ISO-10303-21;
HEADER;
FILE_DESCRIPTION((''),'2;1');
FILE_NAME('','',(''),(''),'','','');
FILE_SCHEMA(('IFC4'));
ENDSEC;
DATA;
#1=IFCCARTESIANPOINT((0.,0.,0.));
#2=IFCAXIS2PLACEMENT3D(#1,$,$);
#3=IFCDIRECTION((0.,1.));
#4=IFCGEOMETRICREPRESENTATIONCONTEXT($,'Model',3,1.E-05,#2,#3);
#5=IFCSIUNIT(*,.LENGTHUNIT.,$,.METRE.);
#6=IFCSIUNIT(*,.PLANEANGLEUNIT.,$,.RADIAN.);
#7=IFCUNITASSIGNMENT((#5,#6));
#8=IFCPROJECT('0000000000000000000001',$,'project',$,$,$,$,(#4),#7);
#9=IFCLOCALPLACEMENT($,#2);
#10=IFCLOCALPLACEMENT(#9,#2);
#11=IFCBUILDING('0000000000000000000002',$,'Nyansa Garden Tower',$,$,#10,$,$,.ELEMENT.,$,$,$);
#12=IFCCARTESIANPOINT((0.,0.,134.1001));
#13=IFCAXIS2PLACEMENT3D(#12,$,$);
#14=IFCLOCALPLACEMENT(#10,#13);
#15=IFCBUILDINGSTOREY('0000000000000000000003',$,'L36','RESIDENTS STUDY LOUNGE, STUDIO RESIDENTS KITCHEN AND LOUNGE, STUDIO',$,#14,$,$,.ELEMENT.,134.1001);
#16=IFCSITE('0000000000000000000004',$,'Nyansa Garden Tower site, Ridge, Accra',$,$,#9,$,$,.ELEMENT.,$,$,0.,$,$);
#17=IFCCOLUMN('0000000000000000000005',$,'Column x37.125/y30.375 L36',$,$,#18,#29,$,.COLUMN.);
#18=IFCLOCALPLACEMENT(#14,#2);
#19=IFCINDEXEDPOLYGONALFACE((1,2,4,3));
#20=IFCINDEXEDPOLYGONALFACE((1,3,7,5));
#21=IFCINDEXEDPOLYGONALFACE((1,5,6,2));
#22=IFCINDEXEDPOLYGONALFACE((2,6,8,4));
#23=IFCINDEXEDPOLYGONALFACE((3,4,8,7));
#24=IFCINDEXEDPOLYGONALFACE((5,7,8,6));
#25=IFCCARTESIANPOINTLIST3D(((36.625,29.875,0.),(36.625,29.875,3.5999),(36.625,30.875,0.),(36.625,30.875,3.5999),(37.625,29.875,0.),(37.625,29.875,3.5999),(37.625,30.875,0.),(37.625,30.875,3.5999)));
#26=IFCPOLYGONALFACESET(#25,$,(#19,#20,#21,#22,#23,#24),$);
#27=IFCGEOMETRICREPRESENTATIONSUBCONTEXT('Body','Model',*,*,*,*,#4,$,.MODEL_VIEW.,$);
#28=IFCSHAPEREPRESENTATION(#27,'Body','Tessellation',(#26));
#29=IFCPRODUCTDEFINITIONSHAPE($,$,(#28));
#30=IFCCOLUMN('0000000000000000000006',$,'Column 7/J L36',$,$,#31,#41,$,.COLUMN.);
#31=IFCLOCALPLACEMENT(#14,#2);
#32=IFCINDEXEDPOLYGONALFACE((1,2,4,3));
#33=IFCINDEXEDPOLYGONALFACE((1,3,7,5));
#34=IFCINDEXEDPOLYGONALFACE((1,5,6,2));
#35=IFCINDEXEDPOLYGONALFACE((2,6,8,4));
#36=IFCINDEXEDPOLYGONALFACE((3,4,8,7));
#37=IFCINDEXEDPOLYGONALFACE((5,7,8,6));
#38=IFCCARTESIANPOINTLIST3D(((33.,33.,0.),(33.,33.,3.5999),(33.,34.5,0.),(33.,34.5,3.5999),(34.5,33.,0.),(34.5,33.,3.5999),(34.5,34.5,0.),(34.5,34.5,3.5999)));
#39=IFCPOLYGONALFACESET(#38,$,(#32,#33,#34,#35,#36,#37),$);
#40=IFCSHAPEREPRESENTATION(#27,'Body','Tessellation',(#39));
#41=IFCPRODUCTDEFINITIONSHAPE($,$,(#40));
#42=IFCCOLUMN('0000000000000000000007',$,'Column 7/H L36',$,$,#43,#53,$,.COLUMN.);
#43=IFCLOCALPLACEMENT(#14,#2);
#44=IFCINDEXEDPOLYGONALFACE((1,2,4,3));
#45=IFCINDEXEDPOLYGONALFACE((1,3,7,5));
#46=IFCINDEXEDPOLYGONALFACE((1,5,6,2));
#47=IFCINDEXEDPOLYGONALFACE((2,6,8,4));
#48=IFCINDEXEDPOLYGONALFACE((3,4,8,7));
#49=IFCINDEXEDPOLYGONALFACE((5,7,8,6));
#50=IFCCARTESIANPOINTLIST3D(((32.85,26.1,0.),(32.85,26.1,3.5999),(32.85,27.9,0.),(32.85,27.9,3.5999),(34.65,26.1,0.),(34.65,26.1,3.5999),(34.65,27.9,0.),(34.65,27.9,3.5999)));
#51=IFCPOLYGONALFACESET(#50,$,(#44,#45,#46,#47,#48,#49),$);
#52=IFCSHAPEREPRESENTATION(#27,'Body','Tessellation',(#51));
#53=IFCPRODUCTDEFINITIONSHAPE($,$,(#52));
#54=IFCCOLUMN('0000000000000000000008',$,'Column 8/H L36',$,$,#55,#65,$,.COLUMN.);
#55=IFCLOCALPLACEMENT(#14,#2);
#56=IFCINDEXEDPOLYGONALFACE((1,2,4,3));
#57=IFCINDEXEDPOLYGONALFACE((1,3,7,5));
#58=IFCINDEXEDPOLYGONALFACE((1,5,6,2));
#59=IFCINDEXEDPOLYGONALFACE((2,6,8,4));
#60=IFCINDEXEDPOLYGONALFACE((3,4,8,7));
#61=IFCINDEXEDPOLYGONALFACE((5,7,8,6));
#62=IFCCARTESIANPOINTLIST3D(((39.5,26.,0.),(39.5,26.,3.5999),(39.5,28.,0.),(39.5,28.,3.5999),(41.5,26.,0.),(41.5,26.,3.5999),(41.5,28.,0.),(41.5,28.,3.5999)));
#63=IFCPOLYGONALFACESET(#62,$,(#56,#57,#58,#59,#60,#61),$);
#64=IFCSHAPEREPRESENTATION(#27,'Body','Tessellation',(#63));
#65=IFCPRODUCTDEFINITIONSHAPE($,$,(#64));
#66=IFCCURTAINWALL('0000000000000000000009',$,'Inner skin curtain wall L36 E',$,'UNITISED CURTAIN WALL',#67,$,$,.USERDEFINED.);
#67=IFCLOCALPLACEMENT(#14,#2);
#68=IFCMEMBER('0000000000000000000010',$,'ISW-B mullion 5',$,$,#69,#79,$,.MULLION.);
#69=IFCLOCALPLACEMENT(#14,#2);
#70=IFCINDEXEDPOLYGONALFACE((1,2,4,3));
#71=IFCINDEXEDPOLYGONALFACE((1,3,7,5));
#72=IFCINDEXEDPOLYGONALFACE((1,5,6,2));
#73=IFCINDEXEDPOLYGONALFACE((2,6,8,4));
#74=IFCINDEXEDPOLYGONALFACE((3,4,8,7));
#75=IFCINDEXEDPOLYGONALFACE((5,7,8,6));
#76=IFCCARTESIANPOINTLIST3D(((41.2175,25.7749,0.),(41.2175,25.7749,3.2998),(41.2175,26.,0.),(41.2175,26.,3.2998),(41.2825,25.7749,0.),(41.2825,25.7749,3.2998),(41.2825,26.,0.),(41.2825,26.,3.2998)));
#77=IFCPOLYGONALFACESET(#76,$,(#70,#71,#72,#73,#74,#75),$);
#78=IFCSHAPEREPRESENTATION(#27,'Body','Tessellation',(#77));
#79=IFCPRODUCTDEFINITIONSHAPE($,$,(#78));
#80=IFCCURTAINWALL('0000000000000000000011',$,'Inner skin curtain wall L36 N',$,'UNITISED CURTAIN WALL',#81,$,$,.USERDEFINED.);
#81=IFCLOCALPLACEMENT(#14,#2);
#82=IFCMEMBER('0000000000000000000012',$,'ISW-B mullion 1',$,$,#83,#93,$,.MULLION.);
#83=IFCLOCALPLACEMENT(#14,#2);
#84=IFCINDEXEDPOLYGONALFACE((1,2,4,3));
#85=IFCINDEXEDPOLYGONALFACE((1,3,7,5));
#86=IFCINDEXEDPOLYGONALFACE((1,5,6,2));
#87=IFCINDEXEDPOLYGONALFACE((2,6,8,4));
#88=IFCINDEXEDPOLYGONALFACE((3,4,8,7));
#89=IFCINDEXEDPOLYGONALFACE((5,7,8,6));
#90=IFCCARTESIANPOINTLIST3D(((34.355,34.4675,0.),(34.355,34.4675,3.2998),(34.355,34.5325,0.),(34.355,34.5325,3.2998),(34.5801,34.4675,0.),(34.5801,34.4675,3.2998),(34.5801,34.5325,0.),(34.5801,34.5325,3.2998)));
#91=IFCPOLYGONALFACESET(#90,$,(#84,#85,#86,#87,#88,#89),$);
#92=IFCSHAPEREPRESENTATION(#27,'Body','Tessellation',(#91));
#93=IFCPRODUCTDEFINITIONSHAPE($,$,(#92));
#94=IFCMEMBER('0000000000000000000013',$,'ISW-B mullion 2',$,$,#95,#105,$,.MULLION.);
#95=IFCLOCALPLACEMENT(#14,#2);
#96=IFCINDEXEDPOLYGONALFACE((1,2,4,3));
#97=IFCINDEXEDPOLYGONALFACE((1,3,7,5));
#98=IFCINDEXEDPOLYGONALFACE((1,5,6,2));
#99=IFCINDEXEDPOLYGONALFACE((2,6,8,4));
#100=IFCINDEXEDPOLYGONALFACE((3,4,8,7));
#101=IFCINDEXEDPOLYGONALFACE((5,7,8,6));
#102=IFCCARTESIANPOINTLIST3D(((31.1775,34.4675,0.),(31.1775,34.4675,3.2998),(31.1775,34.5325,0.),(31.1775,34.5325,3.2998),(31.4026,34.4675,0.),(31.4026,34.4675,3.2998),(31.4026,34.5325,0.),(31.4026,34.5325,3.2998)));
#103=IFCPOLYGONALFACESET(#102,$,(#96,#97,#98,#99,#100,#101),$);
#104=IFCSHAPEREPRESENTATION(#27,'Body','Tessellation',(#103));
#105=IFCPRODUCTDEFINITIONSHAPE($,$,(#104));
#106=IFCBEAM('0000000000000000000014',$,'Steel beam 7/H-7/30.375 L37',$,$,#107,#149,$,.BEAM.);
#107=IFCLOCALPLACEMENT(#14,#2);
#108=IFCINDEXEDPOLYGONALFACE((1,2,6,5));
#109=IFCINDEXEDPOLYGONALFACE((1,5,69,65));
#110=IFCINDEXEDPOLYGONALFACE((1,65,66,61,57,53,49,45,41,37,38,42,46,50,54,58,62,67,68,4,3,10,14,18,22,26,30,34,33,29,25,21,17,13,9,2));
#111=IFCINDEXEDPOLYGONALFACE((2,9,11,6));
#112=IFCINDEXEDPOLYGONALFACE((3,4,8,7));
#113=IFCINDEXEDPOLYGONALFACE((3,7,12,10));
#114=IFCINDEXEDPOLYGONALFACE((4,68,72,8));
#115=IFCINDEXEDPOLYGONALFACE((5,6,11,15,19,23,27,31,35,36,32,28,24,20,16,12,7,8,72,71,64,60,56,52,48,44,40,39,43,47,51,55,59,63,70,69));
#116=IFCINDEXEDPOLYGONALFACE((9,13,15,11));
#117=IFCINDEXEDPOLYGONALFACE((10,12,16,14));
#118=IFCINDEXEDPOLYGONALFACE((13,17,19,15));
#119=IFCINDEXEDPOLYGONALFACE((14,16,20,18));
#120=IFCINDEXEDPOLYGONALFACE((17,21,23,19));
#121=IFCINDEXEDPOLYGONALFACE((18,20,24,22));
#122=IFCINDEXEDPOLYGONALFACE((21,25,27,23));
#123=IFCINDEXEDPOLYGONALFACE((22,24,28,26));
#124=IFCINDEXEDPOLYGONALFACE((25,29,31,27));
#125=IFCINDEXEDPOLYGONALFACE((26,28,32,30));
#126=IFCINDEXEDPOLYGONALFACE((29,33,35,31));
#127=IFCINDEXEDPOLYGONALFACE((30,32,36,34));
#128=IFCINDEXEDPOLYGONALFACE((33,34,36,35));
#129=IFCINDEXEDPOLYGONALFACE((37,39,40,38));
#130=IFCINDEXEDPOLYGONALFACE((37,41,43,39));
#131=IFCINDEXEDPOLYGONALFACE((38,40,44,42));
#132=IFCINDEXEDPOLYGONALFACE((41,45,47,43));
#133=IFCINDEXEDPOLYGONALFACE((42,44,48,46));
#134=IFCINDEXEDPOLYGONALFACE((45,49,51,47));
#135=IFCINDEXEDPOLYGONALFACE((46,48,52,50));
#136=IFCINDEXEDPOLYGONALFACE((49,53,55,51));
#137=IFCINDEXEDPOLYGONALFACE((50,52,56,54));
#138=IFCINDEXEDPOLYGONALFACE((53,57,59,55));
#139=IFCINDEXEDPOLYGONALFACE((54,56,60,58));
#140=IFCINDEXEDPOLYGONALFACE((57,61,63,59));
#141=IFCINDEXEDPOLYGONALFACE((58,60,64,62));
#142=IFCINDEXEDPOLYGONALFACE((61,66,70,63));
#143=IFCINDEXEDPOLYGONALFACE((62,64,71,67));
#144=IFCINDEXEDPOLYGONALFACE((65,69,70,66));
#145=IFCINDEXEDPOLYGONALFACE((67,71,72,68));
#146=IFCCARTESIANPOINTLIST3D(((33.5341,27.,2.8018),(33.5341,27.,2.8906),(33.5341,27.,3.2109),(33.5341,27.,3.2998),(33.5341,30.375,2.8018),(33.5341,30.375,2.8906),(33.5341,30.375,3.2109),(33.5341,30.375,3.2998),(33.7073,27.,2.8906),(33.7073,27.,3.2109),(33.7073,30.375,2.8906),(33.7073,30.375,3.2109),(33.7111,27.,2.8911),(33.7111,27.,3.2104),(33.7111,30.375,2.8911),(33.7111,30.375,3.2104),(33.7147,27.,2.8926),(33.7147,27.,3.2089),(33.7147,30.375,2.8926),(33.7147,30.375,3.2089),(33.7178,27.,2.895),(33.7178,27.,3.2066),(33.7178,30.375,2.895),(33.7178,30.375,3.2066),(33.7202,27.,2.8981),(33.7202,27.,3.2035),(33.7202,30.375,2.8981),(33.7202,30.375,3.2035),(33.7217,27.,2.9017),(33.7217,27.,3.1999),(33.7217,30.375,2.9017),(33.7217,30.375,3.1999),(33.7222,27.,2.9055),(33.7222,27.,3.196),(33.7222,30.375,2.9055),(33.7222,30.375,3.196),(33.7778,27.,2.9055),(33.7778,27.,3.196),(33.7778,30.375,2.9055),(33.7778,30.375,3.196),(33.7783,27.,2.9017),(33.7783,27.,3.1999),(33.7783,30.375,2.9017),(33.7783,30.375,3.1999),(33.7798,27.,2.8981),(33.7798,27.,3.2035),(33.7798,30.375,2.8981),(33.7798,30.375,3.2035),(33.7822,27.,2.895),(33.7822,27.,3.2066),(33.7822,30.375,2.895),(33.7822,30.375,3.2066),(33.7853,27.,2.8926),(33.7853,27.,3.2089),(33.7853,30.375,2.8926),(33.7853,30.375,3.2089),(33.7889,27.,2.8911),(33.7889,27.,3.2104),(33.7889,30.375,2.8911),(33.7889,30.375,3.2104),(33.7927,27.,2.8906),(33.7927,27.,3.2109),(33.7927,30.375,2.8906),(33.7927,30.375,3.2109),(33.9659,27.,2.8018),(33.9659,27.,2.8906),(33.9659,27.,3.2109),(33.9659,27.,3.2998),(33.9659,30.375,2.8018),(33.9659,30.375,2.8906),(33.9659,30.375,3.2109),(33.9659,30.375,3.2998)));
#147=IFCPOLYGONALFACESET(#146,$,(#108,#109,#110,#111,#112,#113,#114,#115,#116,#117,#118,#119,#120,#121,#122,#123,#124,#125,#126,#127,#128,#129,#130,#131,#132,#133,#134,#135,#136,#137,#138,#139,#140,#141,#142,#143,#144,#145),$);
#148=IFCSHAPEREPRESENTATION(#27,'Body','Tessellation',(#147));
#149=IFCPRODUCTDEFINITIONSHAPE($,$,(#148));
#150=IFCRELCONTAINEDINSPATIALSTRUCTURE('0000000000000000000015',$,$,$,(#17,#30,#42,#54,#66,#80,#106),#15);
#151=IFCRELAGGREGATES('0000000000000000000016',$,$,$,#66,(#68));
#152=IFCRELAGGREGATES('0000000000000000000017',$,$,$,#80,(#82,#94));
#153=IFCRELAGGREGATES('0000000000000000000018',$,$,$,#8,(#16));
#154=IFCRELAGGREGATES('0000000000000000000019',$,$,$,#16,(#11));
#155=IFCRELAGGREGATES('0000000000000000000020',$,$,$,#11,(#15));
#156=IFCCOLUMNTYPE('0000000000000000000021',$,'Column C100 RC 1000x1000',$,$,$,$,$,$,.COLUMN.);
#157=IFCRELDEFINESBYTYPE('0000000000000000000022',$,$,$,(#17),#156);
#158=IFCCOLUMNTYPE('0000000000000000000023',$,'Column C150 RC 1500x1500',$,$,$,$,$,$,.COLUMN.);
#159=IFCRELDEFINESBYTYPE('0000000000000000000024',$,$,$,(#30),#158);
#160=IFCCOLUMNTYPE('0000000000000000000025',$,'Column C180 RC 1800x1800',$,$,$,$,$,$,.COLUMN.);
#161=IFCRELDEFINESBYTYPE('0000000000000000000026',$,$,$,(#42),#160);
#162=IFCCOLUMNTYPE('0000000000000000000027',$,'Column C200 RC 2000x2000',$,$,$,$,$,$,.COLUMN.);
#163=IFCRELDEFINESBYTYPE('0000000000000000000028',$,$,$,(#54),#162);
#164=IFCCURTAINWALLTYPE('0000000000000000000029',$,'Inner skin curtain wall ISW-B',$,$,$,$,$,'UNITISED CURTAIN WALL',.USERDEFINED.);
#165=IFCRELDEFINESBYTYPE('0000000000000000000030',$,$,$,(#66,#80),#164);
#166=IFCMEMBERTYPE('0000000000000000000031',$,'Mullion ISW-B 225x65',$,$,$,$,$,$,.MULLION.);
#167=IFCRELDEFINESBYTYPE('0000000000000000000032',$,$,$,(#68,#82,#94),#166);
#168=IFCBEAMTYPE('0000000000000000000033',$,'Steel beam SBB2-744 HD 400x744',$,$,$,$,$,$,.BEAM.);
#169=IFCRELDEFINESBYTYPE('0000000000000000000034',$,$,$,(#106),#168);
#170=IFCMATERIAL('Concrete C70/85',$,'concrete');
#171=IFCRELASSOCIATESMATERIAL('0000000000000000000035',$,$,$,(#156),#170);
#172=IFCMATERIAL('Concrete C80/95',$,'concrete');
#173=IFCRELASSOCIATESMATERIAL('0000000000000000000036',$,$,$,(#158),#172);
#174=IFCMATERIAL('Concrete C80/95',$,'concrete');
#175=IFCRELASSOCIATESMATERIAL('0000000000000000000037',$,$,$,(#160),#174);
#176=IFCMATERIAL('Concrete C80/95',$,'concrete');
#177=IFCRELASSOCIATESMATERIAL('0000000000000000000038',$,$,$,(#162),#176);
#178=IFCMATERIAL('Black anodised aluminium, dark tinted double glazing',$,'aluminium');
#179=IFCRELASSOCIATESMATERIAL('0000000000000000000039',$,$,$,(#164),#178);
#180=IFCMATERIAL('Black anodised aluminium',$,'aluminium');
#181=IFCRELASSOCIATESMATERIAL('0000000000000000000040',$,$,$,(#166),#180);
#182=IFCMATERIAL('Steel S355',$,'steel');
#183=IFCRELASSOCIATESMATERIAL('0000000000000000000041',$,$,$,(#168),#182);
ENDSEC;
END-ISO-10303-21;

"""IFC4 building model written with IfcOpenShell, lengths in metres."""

from ifc_helpers import new_model, si_unit, direction, frame, origin, origin_2d, place, context, subcontext, project, spatial, rectangle, i_section, extrude, material, material_profile, profile_set, type_object, element, aggregate, save


model = new_model("IFC4")

# Units and contexts
model_context = context("Model", 3, precision=1e-05, world=origin(), true_north=direction((0.0, 1.0)))
body_context = subcontext(model_context, "Body", "Model", "MODEL_VIEW")
ifc_project = project(units=[si_unit("LENGTHUNIT", "METRE"), si_unit("PLANEANGLEUNIT", "RADIAN")], contexts=[model_context])

# Site, building, storey
site_placement = place(None, origin())
site = spatial("IfcSite", under=ifc_project, at=site_placement, Name="Nyansa Garden Tower site, Ridge, Accra", CompositionType="ELEMENT", RefElevation=0.0)
building_placement = place(site_placement, origin())
building = spatial("IfcBuilding", under=site, at=building_placement, Name="Nyansa Garden Tower", CompositionType="ELEMENT")
storey_placement = place(building_placement, frame((0.0, 0.0, 134.1001)))
storey = spatial("IfcBuildingStorey", under=building, at=storey_placement, Name="L36", Description="RESIDENTS STUDY LOUNGE, STUDIO RESIDENTS KITCHEN AND LOUNGE, STUDIO", CompositionType="ELEMENT", Elevation=134.1001)

# Columns
ifc_material_1 = material(Name="Concrete C70/85", Category="concrete")
ifc_material_profile_1 = material_profile(ifc_material_1, rectangle(XDim=1.0, YDim=1.0, at=origin_2d()), Name="RC 1000x1000")
ifc_profile_set_1 = profile_set([ifc_material_profile_1], Name="Concrete C70/85")
column_type_1 = type_object("IfcColumnType", Name="Column C100 RC 1000x1000", PredefinedType="COLUMN", material=ifc_profile_set_1)
column_1_placement = place(storey_placement, frame((37.125, 30.375, 0.0), z_axis=(0.0, 0.0, 1.0), x_axis=(1.0, 0.0, 0.0)))
element("IfcColumn", 1, at=column_1_placement, inside=storey, type_object=column_type_1, Name="Column x37.125/y30.375 L36", PredefinedType="COLUMN", context=body_context, shape_type="SweptSolid", body=[
    extrude(rectangle(XDim=1.0, YDim=1.0, at=origin_2d()), origin(), (0.0, 0.0, 1.0), 3.5999),
])
ifc_material_2 = material(Name="Concrete C80/95", Category="concrete")
ifc_material_profile_2 = material_profile(ifc_material_2, rectangle(XDim=1.5, YDim=1.5, at=origin_2d()), Name="RC 1500x1500")
ifc_profile_set_2 = profile_set([ifc_material_profile_2], Name="Concrete C80/95")
column_type_2 = type_object("IfcColumnType", Name="Column C150 RC 1500x1500", PredefinedType="COLUMN", material=ifc_profile_set_2)
column_2_placement = place(storey_placement, frame((33.75, 33.75, 0.0), z_axis=(0.0, 0.0, 1.0), x_axis=(1.0, 0.0, 0.0)))
element("IfcColumn", 2, at=column_2_placement, inside=storey, type_object=column_type_2, Name="Column 7/J L36", PredefinedType="COLUMN", context=body_context, shape_type="SweptSolid", body=[
    extrude(rectangle(XDim=1.5, YDim=1.5, at=origin_2d()), origin(), (0.0, 0.0, 1.0), 3.5999),
])
ifc_material_3 = material(Name="Concrete C80/95", Category="concrete")
ifc_material_profile_3 = material_profile(ifc_material_3, rectangle(XDim=1.8, YDim=1.8, at=origin_2d()), Name="RC 1800x1800")
ifc_profile_set_3 = profile_set([ifc_material_profile_3], Name="Concrete C80/95")
column_type_3 = type_object("IfcColumnType", Name="Column C180 RC 1800x1800", PredefinedType="COLUMN", material=ifc_profile_set_3)
column_3_placement = place(storey_placement, frame((33.75, 27.0, 0.0), z_axis=(0.0, 0.0, 1.0), x_axis=(1.0, 0.0, 0.0)))
element("IfcColumn", 3, at=column_3_placement, inside=storey, type_object=column_type_3, Name="Column 7/H L36", PredefinedType="COLUMN", context=body_context, shape_type="SweptSolid", body=[
    extrude(rectangle(XDim=1.8, YDim=1.8, at=origin_2d()), origin(), (0.0, 0.0, 1.0), 3.5999),
])
ifc_material_4 = material(Name="Concrete C80/95", Category="concrete")
ifc_material_profile_4 = material_profile(ifc_material_4, rectangle(XDim=2.0, YDim=2.0, at=origin_2d()), Name="RC 2000x2000")
ifc_profile_set_4 = profile_set([ifc_material_profile_4], Name="Concrete C80/95")
column_type_4 = type_object("IfcColumnType", Name="Column C200 RC 2000x2000", PredefinedType="COLUMN", material=ifc_profile_set_4)
column_4_placement = place(storey_placement, frame((40.5, 27.0, 0.0), z_axis=(0.0, 0.0, 1.0), x_axis=(1.0, 0.0, 0.0)))
element("IfcColumn", 4, at=column_4_placement, inside=storey, type_object=column_type_4, Name="Column 8/H L36", PredefinedType="COLUMN", context=body_context, shape_type="SweptSolid", body=[
    extrude(rectangle(XDim=2.0, YDim=2.0, at=origin_2d()), origin(), (0.0, 0.0, 1.0), 3.5999),
])

# Curtain wall, member
ifc_material_5 = material(Name="Black anodised aluminium, dark tinted double glazing", Category="aluminium")
curtain_wall_type = type_object("IfcCurtainWallType", Name="Inner skin curtain wall ISW-B", ElementType="UNITISED CURTAIN WALL", PredefinedType="USERDEFINED", material=ifc_material_5)
curtain_wall_1_placement = place(storey_placement, origin())
curtain_wall_1 = element("IfcCurtainWall", 5, at=curtain_wall_1_placement, inside=storey, type_object=curtain_wall_type, Name="Inner skin curtain wall L36 E", ObjectType="UNITISED CURTAIN WALL", PredefinedType="USERDEFINED")
ifc_material_6 = material(Name="Black anodised aluminium", Category="aluminium")
ifc_material_profile_5 = material_profile(ifc_material_6, rectangle(XDim=0.0649, YDim=0.2251, at=origin_2d()), Name="Mullion 225x65")
ifc_profile_set_5 = profile_set([ifc_material_profile_5], Name="Black anodised aluminium")
member_type_1 = type_object("IfcMemberType", Name="Mullion ISW-B 225x65", PredefinedType="MULLION", material=ifc_profile_set_5)
member_1_placement = place(storey_placement, frame((41.25, 25.8875, 0.0), z_axis=(0.0, 0.0, 1.0), x_axis=(-1.0, 0.0, 0.0)))
member_1 = element("IfcMember", 6, at=member_1_placement, type_object=member_type_1, Name="ISW-B mullion 5", PredefinedType="MULLION", context=body_context, shape_type="SweptSolid", body=[
    extrude(rectangle(XDim=0.0649, YDim=0.2251, at=origin_2d()), origin(), (0.0, 0.0, 1.0), 3.2998),
])

# Curtain wall, members
curtain_wall_2_placement = place(storey_placement, origin())
curtain_wall_2 = element("IfcCurtainWall", 7, at=curtain_wall_2_placement, inside=storey, type_object=curtain_wall_type, Name="Inner skin curtain wall L36 N", ObjectType="UNITISED CURTAIN WALL", PredefinedType="USERDEFINED")
member_2_placement = place(storey_placement, frame((34.4675, 34.5, 0.0), z_axis=(0.0, 0.0, 1.0), x_axis=(0.0, -1.0, 0.0)))
member_2 = element("IfcMember", 8, at=member_2_placement, type_object=member_type_1, Name="ISW-B mullion 1", PredefinedType="MULLION", context=body_context, shape_type="SweptSolid", body=[
    extrude(rectangle(XDim=0.0649, YDim=0.2251, at=origin_2d()), origin(), (0.0, 0.0, 1.0), 3.2998),
])
member_3_placement = place(storey_placement, frame((31.29, 34.5, 0.0), z_axis=(0.0, 0.0, 1.0), x_axis=(0.0, -1.0, 0.0)))
member_3 = element("IfcMember", 9, at=member_3_placement, type_object=member_type_1, Name="ISW-B mullion 2", PredefinedType="MULLION", context=body_context, shape_type="SweptSolid", body=[
    extrude(rectangle(XDim=0.0649, YDim=0.2251, at=origin_2d()), origin(), (0.0, 0.0, 1.0), 3.2998),
])

# Beam
ifc_material_7 = material(Name="Steel S355", Category="steel")
ifc_material_profile_6 = material_profile(ifc_material_7, i_section(OverallWidth=0.4319, OverallDepth=0.498, WebThickness=0.0557, FlangeThickness=0.0889, FilletRadius=0.0149, at=origin_2d()), Name="HD 400x744")
ifc_profile_set_6 = profile_set([ifc_material_profile_6], Name="Steel S355")
beam_type_1 = type_object("IfcBeamType", Name="Steel beam SBB2-744 HD 400x744", PredefinedType="BEAM", material=ifc_profile_set_6)
beam_1_placement = place(storey_placement, frame((33.75, 27.0, 3.0508), z_axis=(0.0, 1.0, 0.0), x_axis=(-1.0, 0.0, 0.0)))
element("IfcBeam", 10, at=beam_1_placement, inside=storey, type_object=beam_type_1, Name="Steel beam 7/H-7/30.375 L37", PredefinedType="BEAM", context=body_context, shape_type="SweptSolid", body=[
    extrude(i_section(OverallWidth=0.4319, OverallDepth=0.498, WebThickness=0.0557, FlangeThickness=0.0889, FilletRadius=0.0149, at=origin_2d()), origin(), (0.0, 0.0, 1.0), 3.375),
])

aggregate(curtain_wall_1, [member_1])
aggregate(curtain_wall_2, [member_2, member_3])

save(model, "model.ifc")
